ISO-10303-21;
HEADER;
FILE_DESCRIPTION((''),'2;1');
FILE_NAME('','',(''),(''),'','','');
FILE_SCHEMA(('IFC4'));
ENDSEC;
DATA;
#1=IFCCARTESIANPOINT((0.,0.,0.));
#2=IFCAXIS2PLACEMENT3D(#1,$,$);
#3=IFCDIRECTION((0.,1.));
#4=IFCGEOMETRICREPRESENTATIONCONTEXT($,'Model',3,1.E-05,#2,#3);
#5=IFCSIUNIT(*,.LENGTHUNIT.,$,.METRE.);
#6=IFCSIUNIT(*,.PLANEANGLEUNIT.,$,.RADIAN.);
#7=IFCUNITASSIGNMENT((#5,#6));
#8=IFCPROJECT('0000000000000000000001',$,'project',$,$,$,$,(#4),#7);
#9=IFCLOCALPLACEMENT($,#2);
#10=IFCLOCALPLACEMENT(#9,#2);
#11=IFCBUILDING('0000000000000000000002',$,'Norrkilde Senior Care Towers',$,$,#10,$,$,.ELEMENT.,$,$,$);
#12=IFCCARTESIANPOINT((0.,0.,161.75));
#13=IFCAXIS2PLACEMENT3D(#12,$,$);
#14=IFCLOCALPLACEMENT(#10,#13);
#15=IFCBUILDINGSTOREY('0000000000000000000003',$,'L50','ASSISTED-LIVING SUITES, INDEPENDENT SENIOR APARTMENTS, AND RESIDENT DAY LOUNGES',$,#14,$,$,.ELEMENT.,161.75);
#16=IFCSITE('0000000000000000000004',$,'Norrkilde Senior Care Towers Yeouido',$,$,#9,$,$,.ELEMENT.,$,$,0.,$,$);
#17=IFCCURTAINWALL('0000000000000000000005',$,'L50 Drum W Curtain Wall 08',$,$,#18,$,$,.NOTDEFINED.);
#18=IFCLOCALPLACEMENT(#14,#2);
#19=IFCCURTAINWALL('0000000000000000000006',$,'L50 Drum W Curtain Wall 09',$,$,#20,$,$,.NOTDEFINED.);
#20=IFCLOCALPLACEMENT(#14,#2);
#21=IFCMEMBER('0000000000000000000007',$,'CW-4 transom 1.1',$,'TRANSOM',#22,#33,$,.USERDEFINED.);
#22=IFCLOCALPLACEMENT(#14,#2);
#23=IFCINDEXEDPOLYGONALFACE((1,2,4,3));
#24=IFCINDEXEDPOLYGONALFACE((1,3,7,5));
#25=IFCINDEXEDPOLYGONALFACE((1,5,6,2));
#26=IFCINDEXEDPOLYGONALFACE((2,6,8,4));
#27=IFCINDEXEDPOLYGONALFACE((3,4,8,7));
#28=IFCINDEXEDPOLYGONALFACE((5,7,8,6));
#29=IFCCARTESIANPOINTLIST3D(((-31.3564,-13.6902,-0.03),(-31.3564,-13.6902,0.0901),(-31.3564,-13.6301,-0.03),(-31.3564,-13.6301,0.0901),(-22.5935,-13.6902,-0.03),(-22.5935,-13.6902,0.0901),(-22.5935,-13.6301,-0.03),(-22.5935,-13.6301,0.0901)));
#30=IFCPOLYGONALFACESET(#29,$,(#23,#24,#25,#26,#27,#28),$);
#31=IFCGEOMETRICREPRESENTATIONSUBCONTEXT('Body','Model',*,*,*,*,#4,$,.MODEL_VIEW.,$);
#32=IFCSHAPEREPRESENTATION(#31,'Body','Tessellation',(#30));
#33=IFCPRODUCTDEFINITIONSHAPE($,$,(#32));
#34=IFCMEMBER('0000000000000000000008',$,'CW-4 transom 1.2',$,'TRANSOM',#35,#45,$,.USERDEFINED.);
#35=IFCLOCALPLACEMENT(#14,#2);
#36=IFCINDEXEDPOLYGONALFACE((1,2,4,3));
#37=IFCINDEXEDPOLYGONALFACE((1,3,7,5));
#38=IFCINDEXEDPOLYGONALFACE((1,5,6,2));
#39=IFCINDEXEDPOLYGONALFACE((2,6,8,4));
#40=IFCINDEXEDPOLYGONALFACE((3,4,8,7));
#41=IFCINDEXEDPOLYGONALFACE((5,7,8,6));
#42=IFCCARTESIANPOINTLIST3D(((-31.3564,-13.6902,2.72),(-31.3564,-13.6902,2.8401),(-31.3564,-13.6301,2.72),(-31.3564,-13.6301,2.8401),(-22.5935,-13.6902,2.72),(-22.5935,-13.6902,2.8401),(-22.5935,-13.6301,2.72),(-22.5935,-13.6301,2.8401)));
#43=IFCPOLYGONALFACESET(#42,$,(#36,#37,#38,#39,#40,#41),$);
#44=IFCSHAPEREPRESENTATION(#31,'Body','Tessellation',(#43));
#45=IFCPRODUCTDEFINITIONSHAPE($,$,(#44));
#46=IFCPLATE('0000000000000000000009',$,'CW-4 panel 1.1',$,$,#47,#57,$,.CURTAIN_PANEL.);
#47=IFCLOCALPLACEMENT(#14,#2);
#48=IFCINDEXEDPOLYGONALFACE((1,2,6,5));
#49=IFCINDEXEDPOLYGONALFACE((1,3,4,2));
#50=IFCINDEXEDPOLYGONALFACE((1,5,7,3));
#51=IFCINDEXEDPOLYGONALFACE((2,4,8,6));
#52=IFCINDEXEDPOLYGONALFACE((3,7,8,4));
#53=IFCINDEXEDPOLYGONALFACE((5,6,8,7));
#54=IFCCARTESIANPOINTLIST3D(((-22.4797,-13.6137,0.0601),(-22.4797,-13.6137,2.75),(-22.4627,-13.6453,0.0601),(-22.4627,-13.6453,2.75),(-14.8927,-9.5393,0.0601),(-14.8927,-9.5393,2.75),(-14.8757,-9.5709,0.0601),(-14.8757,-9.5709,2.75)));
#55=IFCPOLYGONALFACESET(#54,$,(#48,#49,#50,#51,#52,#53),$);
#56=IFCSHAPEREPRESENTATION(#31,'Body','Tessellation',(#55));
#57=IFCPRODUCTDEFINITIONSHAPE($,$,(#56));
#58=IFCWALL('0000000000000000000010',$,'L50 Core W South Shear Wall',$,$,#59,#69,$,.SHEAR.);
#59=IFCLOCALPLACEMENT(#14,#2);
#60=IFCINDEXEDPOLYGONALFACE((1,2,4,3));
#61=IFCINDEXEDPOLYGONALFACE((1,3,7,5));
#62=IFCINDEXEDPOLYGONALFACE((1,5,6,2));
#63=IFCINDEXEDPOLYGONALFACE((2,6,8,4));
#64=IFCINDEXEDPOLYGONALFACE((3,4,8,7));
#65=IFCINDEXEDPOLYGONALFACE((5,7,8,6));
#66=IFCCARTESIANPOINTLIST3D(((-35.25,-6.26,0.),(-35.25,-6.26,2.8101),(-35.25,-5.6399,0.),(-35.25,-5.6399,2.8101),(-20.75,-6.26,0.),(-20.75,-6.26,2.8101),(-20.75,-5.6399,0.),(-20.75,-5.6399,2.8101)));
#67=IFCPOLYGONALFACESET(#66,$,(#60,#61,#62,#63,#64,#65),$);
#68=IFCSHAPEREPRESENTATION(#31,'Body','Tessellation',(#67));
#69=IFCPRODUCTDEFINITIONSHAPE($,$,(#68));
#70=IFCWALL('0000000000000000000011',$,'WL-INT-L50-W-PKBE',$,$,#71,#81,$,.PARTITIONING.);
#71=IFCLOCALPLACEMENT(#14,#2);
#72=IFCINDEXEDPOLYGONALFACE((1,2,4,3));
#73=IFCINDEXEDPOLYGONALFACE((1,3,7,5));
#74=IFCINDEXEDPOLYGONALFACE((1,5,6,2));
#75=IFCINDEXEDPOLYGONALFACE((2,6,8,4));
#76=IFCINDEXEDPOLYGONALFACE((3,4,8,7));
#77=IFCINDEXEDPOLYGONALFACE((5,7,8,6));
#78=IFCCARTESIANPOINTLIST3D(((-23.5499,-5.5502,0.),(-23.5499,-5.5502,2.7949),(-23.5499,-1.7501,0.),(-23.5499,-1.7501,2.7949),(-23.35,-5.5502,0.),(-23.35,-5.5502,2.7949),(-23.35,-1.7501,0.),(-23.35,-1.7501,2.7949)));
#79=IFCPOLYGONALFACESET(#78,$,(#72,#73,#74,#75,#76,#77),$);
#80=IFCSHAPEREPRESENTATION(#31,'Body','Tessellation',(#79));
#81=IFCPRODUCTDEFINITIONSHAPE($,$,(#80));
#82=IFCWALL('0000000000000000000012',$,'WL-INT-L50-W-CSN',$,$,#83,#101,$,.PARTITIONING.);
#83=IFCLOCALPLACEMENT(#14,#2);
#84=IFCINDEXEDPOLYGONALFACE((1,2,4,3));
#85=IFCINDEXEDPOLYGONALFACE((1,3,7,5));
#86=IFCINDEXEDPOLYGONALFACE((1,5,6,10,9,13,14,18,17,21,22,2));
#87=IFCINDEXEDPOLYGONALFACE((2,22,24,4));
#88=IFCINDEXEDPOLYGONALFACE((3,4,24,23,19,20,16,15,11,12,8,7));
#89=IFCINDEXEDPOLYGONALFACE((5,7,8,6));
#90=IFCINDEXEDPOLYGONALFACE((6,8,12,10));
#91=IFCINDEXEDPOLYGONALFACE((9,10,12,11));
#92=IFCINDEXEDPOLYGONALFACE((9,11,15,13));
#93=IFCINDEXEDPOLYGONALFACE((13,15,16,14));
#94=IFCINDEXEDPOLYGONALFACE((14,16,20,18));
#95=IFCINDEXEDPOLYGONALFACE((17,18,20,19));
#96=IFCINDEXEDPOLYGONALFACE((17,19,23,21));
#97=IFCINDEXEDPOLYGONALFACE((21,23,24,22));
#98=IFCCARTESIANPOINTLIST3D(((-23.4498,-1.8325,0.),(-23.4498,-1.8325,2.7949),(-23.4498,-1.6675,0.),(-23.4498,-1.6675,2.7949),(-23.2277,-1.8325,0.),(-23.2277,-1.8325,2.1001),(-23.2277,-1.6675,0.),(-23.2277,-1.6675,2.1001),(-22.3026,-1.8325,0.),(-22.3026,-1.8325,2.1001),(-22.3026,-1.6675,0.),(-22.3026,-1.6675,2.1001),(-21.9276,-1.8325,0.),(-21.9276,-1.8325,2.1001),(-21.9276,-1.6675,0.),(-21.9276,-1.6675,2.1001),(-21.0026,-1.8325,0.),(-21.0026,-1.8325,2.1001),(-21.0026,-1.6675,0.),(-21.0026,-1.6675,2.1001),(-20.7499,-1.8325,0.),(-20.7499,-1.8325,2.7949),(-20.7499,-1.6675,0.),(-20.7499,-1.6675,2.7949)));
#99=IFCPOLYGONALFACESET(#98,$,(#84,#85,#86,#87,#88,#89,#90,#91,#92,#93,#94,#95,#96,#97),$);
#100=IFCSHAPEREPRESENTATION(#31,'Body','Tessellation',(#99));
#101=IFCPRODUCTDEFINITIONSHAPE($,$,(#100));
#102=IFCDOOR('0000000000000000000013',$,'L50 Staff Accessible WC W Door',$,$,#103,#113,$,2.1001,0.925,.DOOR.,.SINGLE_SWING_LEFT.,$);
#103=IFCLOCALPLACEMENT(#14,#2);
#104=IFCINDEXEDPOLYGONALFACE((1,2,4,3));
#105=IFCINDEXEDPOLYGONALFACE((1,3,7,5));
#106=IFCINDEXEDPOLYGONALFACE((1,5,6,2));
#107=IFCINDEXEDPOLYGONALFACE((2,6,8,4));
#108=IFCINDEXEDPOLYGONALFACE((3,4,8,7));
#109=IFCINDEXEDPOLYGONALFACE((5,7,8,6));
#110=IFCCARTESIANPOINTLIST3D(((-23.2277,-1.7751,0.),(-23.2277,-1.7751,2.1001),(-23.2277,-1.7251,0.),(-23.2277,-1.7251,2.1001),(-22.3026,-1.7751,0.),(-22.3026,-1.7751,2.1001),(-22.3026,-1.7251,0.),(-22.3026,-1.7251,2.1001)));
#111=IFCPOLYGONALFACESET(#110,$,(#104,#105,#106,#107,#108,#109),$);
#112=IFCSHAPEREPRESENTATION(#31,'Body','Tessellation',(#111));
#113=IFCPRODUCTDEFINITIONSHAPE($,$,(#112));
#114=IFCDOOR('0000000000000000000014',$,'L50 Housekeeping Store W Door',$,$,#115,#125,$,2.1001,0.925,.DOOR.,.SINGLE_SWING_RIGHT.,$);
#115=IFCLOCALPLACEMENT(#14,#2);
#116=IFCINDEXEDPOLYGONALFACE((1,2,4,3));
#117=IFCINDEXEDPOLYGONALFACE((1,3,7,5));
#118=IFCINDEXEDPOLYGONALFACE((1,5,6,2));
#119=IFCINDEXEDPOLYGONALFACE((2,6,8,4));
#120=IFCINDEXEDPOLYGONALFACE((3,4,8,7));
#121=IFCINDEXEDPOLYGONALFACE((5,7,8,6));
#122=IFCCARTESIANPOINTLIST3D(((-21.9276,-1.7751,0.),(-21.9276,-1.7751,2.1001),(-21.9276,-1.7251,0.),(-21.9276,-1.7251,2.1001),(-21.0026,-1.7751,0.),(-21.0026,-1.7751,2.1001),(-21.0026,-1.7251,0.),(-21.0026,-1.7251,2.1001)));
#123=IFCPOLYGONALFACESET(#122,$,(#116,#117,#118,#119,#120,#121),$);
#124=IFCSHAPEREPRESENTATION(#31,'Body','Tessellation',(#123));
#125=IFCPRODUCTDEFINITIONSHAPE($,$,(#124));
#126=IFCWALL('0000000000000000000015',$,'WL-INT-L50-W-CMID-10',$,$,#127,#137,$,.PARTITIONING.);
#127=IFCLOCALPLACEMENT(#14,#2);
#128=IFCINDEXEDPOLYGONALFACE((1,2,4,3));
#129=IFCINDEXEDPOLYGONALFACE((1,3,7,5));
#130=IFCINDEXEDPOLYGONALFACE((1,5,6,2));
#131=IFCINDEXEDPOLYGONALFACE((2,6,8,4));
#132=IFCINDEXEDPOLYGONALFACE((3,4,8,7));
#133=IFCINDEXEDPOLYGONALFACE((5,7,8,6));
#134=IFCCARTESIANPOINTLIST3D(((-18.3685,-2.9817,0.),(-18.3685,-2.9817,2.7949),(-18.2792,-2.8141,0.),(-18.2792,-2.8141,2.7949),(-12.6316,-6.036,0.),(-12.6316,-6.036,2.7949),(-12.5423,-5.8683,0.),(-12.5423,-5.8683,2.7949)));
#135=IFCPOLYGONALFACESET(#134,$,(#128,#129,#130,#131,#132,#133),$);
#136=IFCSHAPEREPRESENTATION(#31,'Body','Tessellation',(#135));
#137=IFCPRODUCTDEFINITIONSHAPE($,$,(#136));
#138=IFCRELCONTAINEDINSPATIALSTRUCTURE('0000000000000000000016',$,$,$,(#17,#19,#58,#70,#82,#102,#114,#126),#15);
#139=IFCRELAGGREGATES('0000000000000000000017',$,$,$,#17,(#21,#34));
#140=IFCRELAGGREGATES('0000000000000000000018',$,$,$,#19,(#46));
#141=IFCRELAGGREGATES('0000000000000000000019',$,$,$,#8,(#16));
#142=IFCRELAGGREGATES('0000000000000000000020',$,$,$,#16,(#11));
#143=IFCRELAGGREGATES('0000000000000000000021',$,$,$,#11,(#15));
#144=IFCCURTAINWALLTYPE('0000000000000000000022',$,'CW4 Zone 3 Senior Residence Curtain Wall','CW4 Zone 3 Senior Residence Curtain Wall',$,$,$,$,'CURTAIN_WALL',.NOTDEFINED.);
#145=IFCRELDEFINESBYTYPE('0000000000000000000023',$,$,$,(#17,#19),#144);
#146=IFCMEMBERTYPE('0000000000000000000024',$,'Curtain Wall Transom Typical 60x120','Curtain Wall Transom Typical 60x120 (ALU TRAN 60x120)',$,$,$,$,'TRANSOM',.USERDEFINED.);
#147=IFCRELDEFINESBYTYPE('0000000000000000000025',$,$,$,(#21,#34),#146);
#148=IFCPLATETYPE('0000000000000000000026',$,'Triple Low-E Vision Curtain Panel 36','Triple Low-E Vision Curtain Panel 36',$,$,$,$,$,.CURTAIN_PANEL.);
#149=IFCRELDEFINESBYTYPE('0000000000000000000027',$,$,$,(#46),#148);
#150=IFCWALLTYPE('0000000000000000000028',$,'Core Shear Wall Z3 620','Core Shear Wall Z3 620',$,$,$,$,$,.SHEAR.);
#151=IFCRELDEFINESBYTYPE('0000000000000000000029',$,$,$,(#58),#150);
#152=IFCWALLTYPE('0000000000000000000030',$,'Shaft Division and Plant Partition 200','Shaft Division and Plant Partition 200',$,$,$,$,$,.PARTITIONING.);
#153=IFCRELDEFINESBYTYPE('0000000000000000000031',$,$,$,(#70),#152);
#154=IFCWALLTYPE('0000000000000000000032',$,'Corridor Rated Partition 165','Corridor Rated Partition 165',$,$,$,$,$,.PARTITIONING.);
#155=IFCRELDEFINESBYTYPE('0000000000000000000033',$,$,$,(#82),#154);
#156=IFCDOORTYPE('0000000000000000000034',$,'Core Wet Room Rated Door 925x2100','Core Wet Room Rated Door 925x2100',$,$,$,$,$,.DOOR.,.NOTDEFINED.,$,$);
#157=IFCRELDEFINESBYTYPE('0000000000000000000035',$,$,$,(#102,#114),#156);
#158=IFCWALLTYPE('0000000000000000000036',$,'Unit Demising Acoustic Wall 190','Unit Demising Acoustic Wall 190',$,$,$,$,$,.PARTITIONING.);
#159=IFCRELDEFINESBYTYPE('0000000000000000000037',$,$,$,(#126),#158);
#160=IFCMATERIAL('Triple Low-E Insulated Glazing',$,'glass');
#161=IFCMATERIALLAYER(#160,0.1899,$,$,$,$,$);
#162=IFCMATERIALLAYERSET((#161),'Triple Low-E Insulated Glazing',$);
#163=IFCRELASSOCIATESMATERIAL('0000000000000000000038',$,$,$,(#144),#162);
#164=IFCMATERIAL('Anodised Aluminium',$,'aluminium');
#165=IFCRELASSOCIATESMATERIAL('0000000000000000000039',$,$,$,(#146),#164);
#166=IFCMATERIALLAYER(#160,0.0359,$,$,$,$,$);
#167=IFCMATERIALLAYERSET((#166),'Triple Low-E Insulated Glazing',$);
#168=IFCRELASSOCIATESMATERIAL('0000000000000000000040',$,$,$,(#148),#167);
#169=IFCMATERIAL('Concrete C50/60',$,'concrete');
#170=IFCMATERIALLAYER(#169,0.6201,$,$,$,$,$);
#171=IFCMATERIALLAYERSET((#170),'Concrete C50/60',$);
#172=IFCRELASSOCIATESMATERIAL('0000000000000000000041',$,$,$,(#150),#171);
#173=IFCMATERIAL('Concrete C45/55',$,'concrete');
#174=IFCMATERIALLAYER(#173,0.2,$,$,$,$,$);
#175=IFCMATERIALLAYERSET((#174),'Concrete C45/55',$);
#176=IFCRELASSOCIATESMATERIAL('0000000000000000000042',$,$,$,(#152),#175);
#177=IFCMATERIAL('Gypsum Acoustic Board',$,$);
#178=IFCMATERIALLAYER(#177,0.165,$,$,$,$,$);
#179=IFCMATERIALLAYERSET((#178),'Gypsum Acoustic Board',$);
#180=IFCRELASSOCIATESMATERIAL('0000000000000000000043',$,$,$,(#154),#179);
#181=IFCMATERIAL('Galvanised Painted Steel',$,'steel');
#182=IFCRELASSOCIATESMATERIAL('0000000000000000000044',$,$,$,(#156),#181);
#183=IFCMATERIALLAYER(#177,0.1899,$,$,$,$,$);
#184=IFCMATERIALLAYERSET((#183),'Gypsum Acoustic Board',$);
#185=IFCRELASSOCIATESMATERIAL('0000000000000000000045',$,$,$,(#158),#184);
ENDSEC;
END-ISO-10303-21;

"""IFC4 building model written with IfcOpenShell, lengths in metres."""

from ifc_helpers import new_model, si_unit, direction, frame, frame_2d, origin, origin_2d, place, context, subcontext, project, spatial, rectangle, extrude, source, transform, mapped, material, layer, layer_set, material_profile, profile_set, type_object, type_shapes, element, fill, aggregate, save


model = new_model("IFC4")

# Units and contexts
model_context = context("Model", 3, precision=1e-05, world=origin(), true_north=direction((0.0, 1.0)))
body_context = subcontext(model_context, "Body", "Model", "MODEL_VIEW")
ifc_project = project(units=[si_unit("LENGTHUNIT", "METRE"), si_unit("PLANEANGLEUNIT", "RADIAN")], contexts=[model_context])

# Site, building, storey
site_placement = place(None, origin())
site = spatial("IfcSite", under=ifc_project, at=site_placement, Name="Norrkilde Senior Care Towers Yeouido", CompositionType="ELEMENT", RefElevation=0.0)
building_placement = place(site_placement, origin())
building = spatial("IfcBuilding", under=site, at=building_placement, Name="Norrkilde Senior Care Towers", CompositionType="ELEMENT")
storey_placement = place(building_placement, frame((0.0, 0.0, 161.75)))
storey = spatial("IfcBuildingStorey", under=building, at=storey_placement, Name="L50", Description="ASSISTED-LIVING SUITES, INDEPENDENT SENIOR APARTMENTS, AND RESIDENT DAY LOUNGES", CompositionType="ELEMENT", Elevation=161.75)

# Shared definitions
ifc_material_1 = material(Name="Concrete C50/60", Category="concrete")

# Curtain walls
ifc_material_2 = material(Name="Triple Low-E Insulated Glazing", Category="glass")
ifc_layer_1 = layer(ifc_material_2, 0.1899)
ifc_layer_set_1 = layer_set([ifc_layer_1], Name="Triple Low-E Insulated Glazing")
curtain_wall_type = type_object("IfcCurtainWallType", Name="CW4 Zone 3 Senior Residence Curtain Wall", Description="CW4 Zone 3 Senior Residence Curtain Wall", ElementType="CURTAIN_WALL", PredefinedType="NOTDEFINED", material=ifc_layer_set_1)
curtain_wall_1_placement = place(storey_placement, origin())
curtain_wall_1 = element("IfcCurtainWall", 1, at=curtain_wall_1_placement, inside=storey, type_object=curtain_wall_type, Name="L50 Drum W Curtain Wall 08", PredefinedType="NOTDEFINED")
ifc_material_3 = material(Name="Anodised Aluminium", Category="aluminium")
curtain_wall_2_placement = place(storey_placement, origin())
curtain_wall_2 = element("IfcCurtainWall", 2, at=curtain_wall_2_placement, inside=storey, type_object=curtain_wall_type, Name="L50 Drum W Curtain Wall 09", PredefinedType="NOTDEFINED")

# Members
ifc_material_profile_1 = material_profile(ifc_material_3, rectangle(XDim=0.0601, YDim=0.1201, at=origin_2d()), Name="ALU TRAN 60x120")
ifc_profile_set_1 = profile_set([ifc_material_profile_1], Name="Anodised Aluminium")
member_type_1 = type_object("IfcMemberType", Name="Curtain Wall Transom Typical 60x120", Description="Curtain Wall Transom Typical 60x120 (ALU TRAN 60x120)", ElementType="TRANSOM", PredefinedType="USERDEFINED", material=ifc_profile_set_1)
shared_shape_1 = source(origin(), body_context, "Body", "SweptSolid", [
    extrude(rectangle(XDim=0.0601, YDim=0.1201, at=origin_2d()), origin(), (0.0, 0.0, 1.0), 8.7629),
])
type_shapes(member_type_1, [shared_shape_1])
member_1_placement = place(storey_placement, frame((-22.5935, -13.6602, 0.03), z_axis=(-1.0, 0.0, 0.0), x_axis=(0.0, -1.0, 0.0)))
member_1 = element("IfcMember", 3, at=member_1_placement, type_object=member_type_1, Name="CW-4 transom 1.1", ObjectType="TRANSOM", PredefinedType="USERDEFINED", context=body_context, shape_type="MappedRepresentation", body=[
    mapped(shared_shape_1, transform((0.0, 0.0, 0.0), x_axis=(1.0, 0.0, 0.0), y_axis=(0.0, 1.0, 0.0), z_axis=(0.0, 0.0, 1.0), scale=1.0)),
])
member_2_placement = place(storey_placement, frame((-22.5935, -13.6602, 2.78), z_axis=(-1.0, 0.0, 0.0), x_axis=(0.0, -1.0, 0.0)))
member_2 = element("IfcMember", 4, at=member_2_placement, type_object=member_type_1, Name="CW-4 transom 1.2", ObjectType="TRANSOM", PredefinedType="USERDEFINED", context=body_context, shape_type="MappedRepresentation", body=[
    mapped(shared_shape_1, transform((0.0, 0.0, 0.0), x_axis=(1.0, 0.0, 0.0), y_axis=(0.0, 1.0, 0.0), z_axis=(0.0, 0.0, 1.0), scale=1.0)),
])
aggregate(curtain_wall_1, [member_1, member_2])

# Plate
ifc_layer_2 = layer(ifc_material_2, 0.0359)
ifc_layer_set_2 = layer_set([ifc_layer_2], Name="Triple Low-E Insulated Glazing")
plate_type = type_object("IfcPlateType", Name="Triple Low-E Vision Curtain Panel 36", Description="Triple Low-E Vision Curtain Panel 36", PredefinedType="CURTAIN_PANEL", material=ifc_layer_set_2)
shared_shape_2 = source(origin(), body_context, "Body", "SweptSolid", [
    extrude(rectangle(XDim=8.6118, YDim=0.0359, at=origin_2d()), origin(), (0.0, 0.0, 1.0), 2.6899),
])
type_shapes(plate_type, [shared_shape_2])
plate_placement = place(storey_placement, frame((-18.6777, -11.5923, 0.0601), z_axis=(0.0, 0.0, 1.0), x_axis=(-0.881, -0.473117, 0.0)))
plate = element("IfcPlate", 5, at=plate_placement, type_object=plate_type, Name="CW-4 panel 1.1", PredefinedType="CURTAIN_PANEL", context=body_context, shape_type="MappedRepresentation", body=[
    mapped(shared_shape_2, transform((0.0, 0.0, 0.0), x_axis=(1.0, 0.0, 0.0), y_axis=(0.0, 1.0, 0.0), z_axis=(0.0, 0.0, 1.0), scale=1.0)),
])
aggregate(curtain_wall_2, [plate])

# Walls
ifc_layer_3 = layer(ifc_material_1, 0.6201)
ifc_layer_set_3 = layer_set([ifc_layer_3], Name="Concrete C50/60")
wall_type_1 = type_object("IfcWallType", Name="Core Shear Wall Z3 620", Description="Core Shear Wall Z3 620", PredefinedType="SHEAR", material=ifc_layer_set_3)
shared_shape_3 = source(origin(), body_context, "Body", "SweptSolid", [
    extrude(rectangle(XDim=14.5, YDim=0.6201, at=frame_2d((7.25, 0.0))), origin(), (0.0, 0.0, 1.0), 2.8101),
])
type_shapes(wall_type_1, [shared_shape_3])
wall_1_placement = place(storey_placement, frame((-20.75, -5.95, 0.0), z_axis=(0.0, 0.0, 1.0), x_axis=(-1.0, 0.0, 0.0)))
element("IfcWall", 6, at=wall_1_placement, inside=storey, type_object=wall_type_1, Name="L50 Core W South Shear Wall", PredefinedType="SHEAR", context=body_context, shape_type="MappedRepresentation", body=[
    mapped(shared_shape_3, transform((0.0, 0.0, 0.0), x_axis=(1.0, 0.0, 0.0), y_axis=(0.0, 1.0, 0.0), z_axis=(0.0, 0.0, 1.0), scale=1.0)),
])
ifc_material_4 = material(Name="Concrete C45/55", Category="concrete")
ifc_layer_4 = layer(ifc_material_4, 0.2)
ifc_layer_set_4 = layer_set([ifc_layer_4], Name="Concrete C45/55")
wall_type_2 = type_object("IfcWallType", Name="Shaft Division and Plant Partition 200", Description="Shaft Division and Plant Partition 200", PredefinedType="PARTITIONING", material=ifc_layer_set_4)
shared_shape_4 = source(origin(), body_context, "Body", "SweptSolid", [
    extrude(rectangle(XDim=3.8, YDim=0.2, at=frame_2d((1.8999, 0.0))), origin(), (0.0, 0.0, 1.0), 2.7949),
])
type_shapes(wall_type_2, [shared_shape_4])
wall_2_placement = place(storey_placement, frame((-23.45, -5.55, 0.0), z_axis=(0.0, 0.0, 1.0), x_axis=(0.0, 1.0, 0.0)))
element("IfcWall", 7, at=wall_2_placement, inside=storey, type_object=wall_type_2, Name="WL-INT-L50-W-PKBE", PredefinedType="PARTITIONING", context=body_context, shape_type="MappedRepresentation", body=[
    mapped(shared_shape_4, transform((0.0, 0.0, 0.0), x_axis=(1.0, 0.0, 0.0), y_axis=(0.0, 1.0, 0.0), z_axis=(0.0, 0.0, 1.0), scale=1.0)),
])

# Wall, openings, doors
ifc_material_5 = material(Name="Gypsum Acoustic Board")
ifc_layer_5 = layer(ifc_material_5, 0.165)
ifc_layer_set_5 = layer_set([ifc_layer_5], Name="Gypsum Acoustic Board")
wall_type_3 = type_object("IfcWallType", Name="Corridor Rated Partition 165", Description="Corridor Rated Partition 165", PredefinedType="PARTITIONING", material=ifc_layer_set_5)
shared_shape_5 = source(origin(), body_context, "Body", "SweptSolid", [
    extrude(rectangle(XDim=2.7, YDim=0.165, at=frame_2d((1.3501, 0.0))), origin(), (0.0, 0.0, 1.0), 2.7949),
])
wall_3_placement = place(storey_placement, frame((-23.45, -1.75, 0.0), z_axis=(0.0, 0.0, 1.0), x_axis=(1.0, 0.0, 0.0)))
wall_3 = element("IfcWall", 8, at=wall_3_placement, inside=storey, type_object=wall_type_3, Name="WL-INT-L50-W-CSN", PredefinedType="PARTITIONING", context=body_context, shape_type="MappedRepresentation", body=[
    mapped(shared_shape_5, transform((0.0, 0.0, 0.0), x_axis=(1.0, 0.0, 0.0), y_axis=(0.0, 1.0, 0.0), z_axis=(0.0, 0.0, 1.0), scale=1.0)),
])
opening_1_placement = place(wall_3_placement, frame((0.2224, 0.0, 0.0)))
opening_1 = element("IfcOpeningElement", 9, at=opening_1_placement, cuts=wall_3, PredefinedType="OPENING", context=body_context, shape_type="SweptSolid", body=[
    extrude(rectangle(XDim=0.925, YDim=2.1001, at=frame_2d((0.4624, 1.05))), frame((0.0, 0.0925, 0.0), z_axis=(0.0, -1.0, 0.0), x_axis=(1.0, 0.0, 0.0)), (0.0, 0.0, 1.0), 0.1851),
])
opening_2_placement = place(wall_3_placement, frame((1.5225, 0.0, 0.0)))
opening_2 = element("IfcOpeningElement", 10, at=opening_2_placement, cuts=wall_3, PredefinedType="OPENING", context=body_context, shape_type="SweptSolid", body=[
    extrude(rectangle(XDim=0.925, YDim=2.1001, at=frame_2d((0.4624, 1.05))), frame((0.0, 0.0925, 0.0), z_axis=(0.0, -1.0, 0.0), x_axis=(1.0, 0.0, 0.0)), (0.0, 0.0, 1.0), 0.1851),
])
ifc_material_6 = material(Name="Galvanised Painted Steel", Category="steel")
door_type_1 = type_object("IfcDoorType", Name="Core Wet Room Rated Door 925x2100", Description="Core Wet Room Rated Door 925x2100", OperationType="NOTDEFINED", PredefinedType="DOOR", material=ifc_material_6)
shared_shape_6 = source(origin(), body_context, "Body", "SweptSolid", [
    extrude(rectangle(XDim=0.925, YDim=2.1001, at=frame_2d((0.4624, 1.05))), frame((0.0, 0.0249, 0.0), z_axis=(0.0, -1.0, 0.0), x_axis=(1.0, 0.0, 0.0)), (0.0, 0.0, 1.0), 0.05),
])
type_shapes(door_type_1, [shared_shape_6])
door_1_placement = place(opening_1_placement, origin())
door_1 = element("IfcDoor", 11, at=door_1_placement, inside=storey, type_object=door_type_1, Name="L50 Staff Accessible WC W Door", OperationType="SINGLE_SWING_LEFT", OverallHeight=2.1001, OverallWidth=0.925, PredefinedType="DOOR", context=body_context, shape_type="MappedRepresentation", body=[
    mapped(shared_shape_6, transform((0.0, 0.0, 0.0), x_axis=(1.0, 0.0, 0.0), y_axis=(0.0, 1.0, 0.0), z_axis=(0.0, 0.0, 1.0), scale=1.0)),
])
fill(opening_1, door_1)
door_2_placement = place(opening_2_placement, origin())
door_2 = element("IfcDoor", 12, at=door_2_placement, inside=storey, type_object=door_type_1, Name="L50 Housekeeping Store W Door", OperationType="SINGLE_SWING_RIGHT", OverallHeight=2.1001, OverallWidth=0.925, PredefinedType="DOOR", context=body_context, shape_type="MappedRepresentation", body=[
    mapped(shared_shape_6, transform((0.0, 0.0, 0.0), x_axis=(1.0, 0.0, 0.0), y_axis=(0.0, 1.0, 0.0), z_axis=(0.0, 0.0, 1.0), scale=1.0)),
])
fill(opening_2, door_2)

# Wall
ifc_layer_6 = layer(ifc_material_5, 0.1899)
ifc_layer_set_6 = layer_set([ifc_layer_6], Name="Gypsum Acoustic Board")
wall_type_4 = type_object("IfcWallType", Name="Unit Demising Acoustic Wall 190", Description="Unit Demising Acoustic Wall 190", PredefinedType="PARTITIONING", material=ifc_layer_set_6)
shared_shape_7 = source(origin(), body_context, "Body", "SweptSolid", [
    extrude(rectangle(XDim=6.4993, YDim=0.1899, at=frame_2d((3.2495, 0.0))), origin(), (0.0, 0.0, 1.0), 2.7949),
])
wall_4_placement = place(storey_placement, frame((-18.3237, -2.8979, 0.0), z_axis=(0.0, 0.0, 1.0), x_axis=(0.8827, -0.469937, 0.0)))
element("IfcWall", 13, at=wall_4_placement, inside=storey, type_object=wall_type_4, Name="WL-INT-L50-W-CMID-10", PredefinedType="PARTITIONING", context=body_context, shape_type="MappedRepresentation", body=[
    mapped(shared_shape_7, transform((0.0, 0.0, 0.0), x_axis=(1.0, 0.0, 0.0), y_axis=(0.0, 1.0, 0.0), z_axis=(0.0, 0.0, 1.0), scale=1.0)),
])

save(model, "model.ifc")
